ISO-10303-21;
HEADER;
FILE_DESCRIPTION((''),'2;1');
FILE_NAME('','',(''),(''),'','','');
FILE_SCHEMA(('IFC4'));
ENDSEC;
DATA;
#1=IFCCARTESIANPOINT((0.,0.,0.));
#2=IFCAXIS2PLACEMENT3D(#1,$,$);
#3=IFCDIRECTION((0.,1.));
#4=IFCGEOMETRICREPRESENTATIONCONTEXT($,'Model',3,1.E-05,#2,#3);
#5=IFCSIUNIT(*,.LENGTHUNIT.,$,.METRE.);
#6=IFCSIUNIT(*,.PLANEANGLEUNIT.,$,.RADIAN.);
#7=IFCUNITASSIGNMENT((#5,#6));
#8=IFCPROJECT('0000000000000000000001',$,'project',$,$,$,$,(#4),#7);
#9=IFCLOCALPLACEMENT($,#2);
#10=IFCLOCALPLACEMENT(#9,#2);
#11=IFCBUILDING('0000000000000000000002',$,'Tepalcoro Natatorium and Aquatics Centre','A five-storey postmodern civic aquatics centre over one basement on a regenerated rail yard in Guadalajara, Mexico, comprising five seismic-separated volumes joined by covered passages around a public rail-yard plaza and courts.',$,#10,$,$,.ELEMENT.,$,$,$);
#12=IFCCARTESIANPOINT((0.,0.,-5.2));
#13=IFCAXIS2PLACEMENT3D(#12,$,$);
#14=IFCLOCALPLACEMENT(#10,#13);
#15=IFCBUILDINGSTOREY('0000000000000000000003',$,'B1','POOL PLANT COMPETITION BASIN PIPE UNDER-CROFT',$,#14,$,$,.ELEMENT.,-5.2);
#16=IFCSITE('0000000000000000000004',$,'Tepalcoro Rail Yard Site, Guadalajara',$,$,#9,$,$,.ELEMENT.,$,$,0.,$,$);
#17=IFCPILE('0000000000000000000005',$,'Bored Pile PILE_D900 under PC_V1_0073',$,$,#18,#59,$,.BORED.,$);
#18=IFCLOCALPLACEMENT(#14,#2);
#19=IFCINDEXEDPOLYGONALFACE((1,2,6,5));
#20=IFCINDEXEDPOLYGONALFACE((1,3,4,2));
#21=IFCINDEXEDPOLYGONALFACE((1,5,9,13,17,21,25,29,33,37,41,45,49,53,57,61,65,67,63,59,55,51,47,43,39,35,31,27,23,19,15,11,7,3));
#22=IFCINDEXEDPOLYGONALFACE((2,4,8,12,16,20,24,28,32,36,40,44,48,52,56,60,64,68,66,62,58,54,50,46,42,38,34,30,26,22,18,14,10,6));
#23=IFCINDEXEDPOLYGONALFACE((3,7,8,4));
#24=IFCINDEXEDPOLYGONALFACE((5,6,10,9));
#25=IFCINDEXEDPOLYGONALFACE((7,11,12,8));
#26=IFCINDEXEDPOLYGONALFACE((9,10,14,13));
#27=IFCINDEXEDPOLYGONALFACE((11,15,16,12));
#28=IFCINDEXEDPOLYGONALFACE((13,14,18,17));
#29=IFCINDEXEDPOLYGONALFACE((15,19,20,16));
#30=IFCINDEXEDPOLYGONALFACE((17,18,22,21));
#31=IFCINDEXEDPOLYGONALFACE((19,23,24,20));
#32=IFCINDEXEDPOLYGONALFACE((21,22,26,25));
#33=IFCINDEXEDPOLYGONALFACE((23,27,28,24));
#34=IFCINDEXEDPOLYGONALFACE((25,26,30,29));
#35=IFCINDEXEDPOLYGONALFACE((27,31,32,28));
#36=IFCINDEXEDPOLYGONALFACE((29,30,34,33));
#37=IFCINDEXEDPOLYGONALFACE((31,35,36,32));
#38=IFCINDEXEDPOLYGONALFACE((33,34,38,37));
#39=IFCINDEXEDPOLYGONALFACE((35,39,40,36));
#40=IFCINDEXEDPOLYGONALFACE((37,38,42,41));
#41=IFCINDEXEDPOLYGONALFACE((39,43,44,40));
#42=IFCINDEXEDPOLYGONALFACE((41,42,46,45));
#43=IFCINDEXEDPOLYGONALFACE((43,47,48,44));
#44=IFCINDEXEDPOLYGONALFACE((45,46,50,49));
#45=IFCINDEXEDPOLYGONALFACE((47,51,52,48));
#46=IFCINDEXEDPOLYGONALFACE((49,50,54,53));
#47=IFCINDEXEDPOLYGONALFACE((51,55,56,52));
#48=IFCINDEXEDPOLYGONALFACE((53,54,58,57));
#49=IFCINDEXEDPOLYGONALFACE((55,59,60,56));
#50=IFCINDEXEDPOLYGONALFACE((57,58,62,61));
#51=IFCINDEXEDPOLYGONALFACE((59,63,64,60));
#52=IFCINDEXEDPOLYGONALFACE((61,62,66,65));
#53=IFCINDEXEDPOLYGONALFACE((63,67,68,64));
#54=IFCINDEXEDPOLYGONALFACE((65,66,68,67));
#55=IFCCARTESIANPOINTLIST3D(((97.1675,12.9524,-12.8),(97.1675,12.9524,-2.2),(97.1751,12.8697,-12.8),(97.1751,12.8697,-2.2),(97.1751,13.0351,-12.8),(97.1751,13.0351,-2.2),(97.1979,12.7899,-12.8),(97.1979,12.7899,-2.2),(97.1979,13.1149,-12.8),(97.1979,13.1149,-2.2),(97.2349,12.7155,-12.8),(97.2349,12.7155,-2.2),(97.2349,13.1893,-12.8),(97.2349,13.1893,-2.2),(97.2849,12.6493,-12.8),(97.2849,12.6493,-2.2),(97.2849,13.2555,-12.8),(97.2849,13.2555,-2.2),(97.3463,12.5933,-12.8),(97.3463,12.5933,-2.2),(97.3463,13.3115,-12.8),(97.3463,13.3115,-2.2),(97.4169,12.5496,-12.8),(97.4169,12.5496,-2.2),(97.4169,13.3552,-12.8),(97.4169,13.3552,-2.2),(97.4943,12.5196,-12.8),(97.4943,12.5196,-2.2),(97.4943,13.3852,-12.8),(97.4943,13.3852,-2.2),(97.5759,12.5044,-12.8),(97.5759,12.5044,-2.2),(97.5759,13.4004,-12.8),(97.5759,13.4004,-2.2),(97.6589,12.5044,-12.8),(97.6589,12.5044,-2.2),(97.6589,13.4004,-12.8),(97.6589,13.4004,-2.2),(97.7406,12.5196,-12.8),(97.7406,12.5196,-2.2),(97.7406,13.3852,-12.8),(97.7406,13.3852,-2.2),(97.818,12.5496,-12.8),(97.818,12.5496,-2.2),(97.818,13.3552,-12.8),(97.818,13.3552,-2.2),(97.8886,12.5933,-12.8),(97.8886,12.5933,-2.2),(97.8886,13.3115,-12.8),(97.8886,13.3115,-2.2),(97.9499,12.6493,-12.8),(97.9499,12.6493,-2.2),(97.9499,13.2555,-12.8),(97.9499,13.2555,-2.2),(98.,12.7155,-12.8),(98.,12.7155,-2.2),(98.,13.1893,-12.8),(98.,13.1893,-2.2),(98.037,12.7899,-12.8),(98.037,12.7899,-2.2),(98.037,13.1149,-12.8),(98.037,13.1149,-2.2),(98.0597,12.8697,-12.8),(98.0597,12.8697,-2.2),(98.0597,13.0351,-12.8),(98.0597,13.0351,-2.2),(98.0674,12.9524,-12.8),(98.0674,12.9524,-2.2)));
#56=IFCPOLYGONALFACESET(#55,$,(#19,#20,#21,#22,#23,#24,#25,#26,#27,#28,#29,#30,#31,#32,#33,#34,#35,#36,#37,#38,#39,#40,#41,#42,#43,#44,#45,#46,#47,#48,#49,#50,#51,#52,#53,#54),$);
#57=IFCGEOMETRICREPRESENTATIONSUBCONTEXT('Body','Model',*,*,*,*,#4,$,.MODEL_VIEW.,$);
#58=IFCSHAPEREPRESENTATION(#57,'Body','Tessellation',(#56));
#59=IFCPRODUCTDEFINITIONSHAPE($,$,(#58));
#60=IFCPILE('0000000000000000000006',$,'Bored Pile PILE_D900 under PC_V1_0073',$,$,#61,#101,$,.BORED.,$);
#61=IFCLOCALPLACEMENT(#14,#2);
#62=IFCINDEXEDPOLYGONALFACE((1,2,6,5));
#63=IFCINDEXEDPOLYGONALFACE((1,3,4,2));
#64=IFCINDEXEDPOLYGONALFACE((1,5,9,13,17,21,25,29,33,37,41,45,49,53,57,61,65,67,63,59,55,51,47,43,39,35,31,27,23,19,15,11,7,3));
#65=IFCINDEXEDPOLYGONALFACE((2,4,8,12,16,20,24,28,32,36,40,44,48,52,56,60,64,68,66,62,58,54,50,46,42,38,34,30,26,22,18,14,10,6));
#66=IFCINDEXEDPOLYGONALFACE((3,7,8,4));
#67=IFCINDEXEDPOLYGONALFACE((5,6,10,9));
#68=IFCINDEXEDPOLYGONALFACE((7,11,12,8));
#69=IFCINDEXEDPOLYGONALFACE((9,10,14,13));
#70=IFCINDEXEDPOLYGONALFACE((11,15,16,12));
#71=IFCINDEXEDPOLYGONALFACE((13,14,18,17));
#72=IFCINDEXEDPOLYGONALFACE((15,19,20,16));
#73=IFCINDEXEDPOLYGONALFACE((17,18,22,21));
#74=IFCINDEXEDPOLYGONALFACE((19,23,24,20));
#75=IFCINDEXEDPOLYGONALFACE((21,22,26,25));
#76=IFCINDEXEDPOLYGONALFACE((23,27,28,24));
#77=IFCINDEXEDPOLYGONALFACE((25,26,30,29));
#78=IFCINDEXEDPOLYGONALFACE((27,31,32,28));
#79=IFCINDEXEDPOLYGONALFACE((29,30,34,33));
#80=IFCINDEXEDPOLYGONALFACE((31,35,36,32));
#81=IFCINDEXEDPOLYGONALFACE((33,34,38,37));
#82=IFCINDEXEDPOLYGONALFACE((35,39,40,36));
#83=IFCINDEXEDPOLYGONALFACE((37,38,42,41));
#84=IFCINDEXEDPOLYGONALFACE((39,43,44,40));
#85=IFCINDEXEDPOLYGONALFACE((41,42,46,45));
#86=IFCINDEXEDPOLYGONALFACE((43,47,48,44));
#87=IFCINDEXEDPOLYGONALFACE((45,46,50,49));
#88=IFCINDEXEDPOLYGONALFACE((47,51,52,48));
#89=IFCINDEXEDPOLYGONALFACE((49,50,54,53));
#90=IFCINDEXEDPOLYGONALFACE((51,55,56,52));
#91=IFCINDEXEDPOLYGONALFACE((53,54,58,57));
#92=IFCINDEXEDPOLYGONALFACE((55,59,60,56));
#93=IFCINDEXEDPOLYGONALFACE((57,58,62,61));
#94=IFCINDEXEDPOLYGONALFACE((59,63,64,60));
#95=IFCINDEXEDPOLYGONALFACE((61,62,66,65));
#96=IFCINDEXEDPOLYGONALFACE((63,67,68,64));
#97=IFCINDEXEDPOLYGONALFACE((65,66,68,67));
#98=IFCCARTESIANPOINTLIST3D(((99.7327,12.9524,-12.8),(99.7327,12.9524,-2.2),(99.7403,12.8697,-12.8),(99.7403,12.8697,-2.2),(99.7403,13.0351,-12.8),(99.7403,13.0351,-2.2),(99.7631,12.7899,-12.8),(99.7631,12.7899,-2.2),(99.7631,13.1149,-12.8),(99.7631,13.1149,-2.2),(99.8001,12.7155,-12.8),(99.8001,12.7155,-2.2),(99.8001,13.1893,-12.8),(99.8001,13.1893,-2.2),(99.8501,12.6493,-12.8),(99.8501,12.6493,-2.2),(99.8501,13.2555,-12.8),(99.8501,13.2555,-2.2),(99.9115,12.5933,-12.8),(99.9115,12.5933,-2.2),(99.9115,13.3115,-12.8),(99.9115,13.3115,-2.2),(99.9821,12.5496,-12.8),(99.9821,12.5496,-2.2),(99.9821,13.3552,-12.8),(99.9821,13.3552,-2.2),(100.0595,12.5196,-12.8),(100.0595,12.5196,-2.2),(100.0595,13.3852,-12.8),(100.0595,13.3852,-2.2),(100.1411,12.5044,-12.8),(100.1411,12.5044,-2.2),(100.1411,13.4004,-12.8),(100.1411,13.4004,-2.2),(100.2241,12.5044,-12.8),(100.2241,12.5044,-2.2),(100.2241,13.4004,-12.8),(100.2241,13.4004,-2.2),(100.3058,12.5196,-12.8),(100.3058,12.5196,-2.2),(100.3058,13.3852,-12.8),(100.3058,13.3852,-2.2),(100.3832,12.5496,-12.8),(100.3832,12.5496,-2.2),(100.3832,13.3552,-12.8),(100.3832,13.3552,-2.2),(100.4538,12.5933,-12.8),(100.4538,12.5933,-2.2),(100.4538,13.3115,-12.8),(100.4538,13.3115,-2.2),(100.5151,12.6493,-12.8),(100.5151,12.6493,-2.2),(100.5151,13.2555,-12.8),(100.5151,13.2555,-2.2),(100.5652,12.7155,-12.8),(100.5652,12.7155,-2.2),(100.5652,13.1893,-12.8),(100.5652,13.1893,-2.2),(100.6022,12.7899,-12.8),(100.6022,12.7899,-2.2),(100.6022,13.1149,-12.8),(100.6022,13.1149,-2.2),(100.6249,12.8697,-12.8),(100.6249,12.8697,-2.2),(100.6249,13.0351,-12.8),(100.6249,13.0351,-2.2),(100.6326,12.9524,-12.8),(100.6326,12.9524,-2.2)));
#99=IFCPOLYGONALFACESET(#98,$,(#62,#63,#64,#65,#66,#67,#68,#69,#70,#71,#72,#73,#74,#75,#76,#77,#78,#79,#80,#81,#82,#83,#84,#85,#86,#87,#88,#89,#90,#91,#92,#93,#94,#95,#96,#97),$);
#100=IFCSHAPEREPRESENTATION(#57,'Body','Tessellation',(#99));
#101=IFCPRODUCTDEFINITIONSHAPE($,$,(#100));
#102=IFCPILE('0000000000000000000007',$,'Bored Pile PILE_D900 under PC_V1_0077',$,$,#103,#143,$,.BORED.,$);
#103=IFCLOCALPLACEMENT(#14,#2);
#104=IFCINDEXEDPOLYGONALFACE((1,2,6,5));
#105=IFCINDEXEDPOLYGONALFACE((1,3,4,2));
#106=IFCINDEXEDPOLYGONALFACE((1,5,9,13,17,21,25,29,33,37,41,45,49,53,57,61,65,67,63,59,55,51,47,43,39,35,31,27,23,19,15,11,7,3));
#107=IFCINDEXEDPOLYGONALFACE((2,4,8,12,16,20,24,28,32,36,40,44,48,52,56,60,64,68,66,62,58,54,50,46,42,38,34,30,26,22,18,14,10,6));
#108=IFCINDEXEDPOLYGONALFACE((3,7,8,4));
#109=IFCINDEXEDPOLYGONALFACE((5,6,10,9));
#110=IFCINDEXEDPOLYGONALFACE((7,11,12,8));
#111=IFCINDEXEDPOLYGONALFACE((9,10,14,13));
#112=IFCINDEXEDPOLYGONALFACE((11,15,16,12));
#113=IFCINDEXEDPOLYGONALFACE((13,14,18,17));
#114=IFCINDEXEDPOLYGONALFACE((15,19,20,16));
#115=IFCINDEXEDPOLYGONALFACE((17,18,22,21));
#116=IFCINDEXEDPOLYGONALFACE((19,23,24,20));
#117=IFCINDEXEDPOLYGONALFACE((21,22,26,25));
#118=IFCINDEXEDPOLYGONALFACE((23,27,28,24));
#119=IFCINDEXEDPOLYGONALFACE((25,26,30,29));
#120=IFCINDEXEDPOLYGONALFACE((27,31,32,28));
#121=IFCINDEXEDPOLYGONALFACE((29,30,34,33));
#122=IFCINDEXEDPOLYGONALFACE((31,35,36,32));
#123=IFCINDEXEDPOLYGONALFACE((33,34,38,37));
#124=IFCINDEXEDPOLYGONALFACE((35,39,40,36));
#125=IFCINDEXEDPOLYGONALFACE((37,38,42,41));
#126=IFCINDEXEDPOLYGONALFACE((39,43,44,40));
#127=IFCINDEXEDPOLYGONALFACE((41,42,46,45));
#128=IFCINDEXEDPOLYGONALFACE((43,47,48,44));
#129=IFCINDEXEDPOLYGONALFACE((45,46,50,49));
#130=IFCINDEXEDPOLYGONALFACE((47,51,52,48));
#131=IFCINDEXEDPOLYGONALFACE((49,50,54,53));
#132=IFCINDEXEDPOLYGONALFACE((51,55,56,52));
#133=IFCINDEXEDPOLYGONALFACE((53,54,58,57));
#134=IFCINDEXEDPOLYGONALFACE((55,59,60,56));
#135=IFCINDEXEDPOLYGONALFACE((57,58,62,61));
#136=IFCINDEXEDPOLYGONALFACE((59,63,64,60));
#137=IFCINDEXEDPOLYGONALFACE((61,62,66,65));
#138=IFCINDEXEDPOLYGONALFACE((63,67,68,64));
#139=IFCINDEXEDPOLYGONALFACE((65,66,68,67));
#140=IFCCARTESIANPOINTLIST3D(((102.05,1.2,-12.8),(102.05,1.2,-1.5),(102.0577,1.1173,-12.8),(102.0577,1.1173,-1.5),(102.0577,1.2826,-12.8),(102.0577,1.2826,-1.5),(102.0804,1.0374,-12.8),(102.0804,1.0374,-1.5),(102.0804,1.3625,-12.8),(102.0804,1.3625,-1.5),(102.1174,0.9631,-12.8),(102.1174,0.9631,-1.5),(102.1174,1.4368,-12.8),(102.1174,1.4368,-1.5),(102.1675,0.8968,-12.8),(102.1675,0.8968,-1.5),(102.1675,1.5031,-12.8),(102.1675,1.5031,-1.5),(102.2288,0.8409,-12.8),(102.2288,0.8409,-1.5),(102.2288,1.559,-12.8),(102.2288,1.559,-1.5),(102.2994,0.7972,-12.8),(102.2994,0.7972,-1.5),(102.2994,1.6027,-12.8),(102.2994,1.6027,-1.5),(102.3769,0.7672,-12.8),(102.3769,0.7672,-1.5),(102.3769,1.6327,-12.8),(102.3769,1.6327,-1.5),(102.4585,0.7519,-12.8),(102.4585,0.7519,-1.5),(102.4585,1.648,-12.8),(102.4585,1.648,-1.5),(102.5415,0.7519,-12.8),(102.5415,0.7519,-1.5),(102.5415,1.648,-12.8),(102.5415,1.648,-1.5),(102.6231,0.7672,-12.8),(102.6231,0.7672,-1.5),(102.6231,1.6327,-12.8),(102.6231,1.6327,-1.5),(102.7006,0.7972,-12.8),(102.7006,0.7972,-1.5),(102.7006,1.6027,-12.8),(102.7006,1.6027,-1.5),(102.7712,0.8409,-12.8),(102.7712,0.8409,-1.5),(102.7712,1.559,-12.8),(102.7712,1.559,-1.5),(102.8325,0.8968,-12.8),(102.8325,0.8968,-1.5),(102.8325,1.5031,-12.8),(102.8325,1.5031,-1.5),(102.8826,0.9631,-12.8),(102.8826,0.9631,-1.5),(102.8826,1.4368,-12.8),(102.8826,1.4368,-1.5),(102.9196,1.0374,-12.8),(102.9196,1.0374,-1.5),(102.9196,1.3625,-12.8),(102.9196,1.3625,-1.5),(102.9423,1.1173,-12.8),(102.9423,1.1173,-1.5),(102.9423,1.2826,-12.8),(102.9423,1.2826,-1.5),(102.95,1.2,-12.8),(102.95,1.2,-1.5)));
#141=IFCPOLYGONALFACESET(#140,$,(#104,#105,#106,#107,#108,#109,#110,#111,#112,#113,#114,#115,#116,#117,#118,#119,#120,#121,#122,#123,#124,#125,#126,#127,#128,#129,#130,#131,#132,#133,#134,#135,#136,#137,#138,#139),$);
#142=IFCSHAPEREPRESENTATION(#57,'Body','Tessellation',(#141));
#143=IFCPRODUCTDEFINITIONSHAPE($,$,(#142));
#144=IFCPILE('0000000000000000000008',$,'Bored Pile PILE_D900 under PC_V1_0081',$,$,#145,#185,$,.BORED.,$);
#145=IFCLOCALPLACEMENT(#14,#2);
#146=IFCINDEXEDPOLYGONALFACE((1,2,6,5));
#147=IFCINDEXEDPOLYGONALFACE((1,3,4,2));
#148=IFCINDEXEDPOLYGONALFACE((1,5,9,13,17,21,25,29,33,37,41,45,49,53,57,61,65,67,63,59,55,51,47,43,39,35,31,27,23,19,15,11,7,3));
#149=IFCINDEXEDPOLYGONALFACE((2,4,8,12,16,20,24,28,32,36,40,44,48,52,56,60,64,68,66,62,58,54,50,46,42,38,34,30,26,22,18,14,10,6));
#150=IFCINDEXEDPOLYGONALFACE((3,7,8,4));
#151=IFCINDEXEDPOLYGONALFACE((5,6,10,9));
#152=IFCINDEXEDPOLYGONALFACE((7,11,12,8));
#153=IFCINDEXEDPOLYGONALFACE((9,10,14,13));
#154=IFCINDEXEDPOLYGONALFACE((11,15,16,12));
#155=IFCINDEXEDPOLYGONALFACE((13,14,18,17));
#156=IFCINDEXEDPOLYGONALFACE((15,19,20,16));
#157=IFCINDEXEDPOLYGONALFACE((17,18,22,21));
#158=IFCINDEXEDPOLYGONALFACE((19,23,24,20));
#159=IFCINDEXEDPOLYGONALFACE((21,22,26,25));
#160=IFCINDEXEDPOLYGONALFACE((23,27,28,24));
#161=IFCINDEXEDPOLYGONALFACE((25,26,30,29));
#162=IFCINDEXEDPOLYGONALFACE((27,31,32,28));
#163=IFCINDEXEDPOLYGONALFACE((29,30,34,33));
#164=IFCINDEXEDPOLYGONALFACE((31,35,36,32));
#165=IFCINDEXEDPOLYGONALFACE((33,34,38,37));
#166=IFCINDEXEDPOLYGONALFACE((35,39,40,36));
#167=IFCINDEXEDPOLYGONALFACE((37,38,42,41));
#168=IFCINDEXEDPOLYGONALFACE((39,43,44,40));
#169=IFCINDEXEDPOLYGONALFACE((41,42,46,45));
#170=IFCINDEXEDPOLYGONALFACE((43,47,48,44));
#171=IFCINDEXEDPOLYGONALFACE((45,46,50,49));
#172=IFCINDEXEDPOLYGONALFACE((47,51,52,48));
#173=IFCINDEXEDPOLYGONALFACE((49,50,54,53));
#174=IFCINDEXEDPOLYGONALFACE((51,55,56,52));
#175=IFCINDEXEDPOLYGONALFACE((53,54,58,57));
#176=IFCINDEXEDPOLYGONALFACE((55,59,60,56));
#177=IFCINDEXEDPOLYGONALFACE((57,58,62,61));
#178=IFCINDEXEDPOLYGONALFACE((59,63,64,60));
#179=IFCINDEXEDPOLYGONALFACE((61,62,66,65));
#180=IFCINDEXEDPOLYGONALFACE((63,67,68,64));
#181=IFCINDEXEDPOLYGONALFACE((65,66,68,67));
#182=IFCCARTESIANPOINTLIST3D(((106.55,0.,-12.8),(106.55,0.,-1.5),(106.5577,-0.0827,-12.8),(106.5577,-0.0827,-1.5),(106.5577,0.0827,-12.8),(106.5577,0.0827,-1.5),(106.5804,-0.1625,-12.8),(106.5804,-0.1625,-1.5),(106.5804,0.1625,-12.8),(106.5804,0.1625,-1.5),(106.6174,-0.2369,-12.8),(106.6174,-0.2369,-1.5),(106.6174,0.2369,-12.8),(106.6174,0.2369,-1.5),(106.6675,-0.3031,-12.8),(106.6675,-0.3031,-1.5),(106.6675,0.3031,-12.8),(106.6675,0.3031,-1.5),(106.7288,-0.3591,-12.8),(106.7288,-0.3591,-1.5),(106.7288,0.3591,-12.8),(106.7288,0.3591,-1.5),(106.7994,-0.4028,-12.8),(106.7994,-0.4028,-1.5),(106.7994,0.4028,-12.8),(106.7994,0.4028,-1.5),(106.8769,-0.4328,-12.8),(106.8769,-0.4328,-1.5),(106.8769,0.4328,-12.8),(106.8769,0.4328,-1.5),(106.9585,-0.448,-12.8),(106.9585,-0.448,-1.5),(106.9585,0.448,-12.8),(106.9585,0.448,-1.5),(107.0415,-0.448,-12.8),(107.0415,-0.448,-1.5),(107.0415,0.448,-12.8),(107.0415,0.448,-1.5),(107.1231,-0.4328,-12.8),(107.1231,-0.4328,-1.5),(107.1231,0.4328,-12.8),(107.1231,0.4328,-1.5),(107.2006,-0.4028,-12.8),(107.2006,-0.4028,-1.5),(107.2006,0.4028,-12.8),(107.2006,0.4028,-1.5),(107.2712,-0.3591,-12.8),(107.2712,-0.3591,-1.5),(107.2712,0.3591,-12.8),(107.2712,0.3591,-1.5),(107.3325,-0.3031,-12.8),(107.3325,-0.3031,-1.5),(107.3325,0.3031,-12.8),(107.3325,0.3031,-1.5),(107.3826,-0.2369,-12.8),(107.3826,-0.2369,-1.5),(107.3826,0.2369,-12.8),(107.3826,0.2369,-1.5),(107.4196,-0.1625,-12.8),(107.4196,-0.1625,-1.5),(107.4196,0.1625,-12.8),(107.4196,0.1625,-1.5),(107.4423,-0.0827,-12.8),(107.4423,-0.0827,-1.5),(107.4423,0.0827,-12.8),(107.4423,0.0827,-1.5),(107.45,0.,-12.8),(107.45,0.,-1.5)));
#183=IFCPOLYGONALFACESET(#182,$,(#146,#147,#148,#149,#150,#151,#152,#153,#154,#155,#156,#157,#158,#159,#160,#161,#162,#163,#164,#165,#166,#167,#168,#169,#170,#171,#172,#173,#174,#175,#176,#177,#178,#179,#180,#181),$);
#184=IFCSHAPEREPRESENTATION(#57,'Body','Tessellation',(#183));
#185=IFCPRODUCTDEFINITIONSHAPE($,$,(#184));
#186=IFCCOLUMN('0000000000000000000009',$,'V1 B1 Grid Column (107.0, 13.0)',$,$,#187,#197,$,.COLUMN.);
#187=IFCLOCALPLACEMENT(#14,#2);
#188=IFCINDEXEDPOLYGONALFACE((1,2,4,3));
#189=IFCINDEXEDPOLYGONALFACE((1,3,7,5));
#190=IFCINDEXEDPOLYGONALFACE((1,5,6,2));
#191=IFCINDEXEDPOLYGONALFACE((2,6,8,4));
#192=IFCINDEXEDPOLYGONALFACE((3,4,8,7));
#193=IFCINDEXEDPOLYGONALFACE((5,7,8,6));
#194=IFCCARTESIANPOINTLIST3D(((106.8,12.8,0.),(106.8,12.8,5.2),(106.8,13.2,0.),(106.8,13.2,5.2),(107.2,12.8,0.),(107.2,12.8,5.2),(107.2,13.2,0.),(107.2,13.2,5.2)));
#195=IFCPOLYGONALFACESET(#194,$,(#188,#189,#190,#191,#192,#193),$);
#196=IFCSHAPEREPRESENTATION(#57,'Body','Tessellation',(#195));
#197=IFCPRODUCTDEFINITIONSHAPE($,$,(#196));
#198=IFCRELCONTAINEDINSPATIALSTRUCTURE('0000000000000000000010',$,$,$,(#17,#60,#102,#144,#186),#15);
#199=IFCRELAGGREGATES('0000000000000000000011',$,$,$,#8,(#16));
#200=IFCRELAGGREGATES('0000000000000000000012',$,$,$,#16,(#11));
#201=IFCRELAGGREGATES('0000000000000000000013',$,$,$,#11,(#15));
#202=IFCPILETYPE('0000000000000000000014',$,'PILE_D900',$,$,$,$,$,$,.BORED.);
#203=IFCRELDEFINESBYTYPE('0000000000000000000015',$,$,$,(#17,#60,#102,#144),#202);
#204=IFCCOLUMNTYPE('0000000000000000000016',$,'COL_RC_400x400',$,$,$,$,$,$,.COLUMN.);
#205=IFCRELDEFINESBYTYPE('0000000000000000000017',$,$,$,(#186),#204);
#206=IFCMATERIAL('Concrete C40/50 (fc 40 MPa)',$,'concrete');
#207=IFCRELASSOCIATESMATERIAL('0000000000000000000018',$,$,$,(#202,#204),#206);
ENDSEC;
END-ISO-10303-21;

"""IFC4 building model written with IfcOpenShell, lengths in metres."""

from ifc_helpers import new_model, si_unit, direction, frame, origin, origin_2d, place, context, subcontext, project, spatial, rectangle, circle, extrude, material, material_profile, profile_set, type_object, element, save


model = new_model("IFC4")

# Units and contexts
model_context = context("Model", 3, precision=1e-05, world=origin(), true_north=direction((0.0, 1.0)))
body_context = subcontext(model_context, "Body", "Model", "MODEL_VIEW")
ifc_project = project(units=[si_unit("LENGTHUNIT", "METRE"), si_unit("PLANEANGLEUNIT", "RADIAN")], contexts=[model_context])

# Site, building, storey
site_placement = place(None, origin())
site = spatial("IfcSite", under=ifc_project, at=site_placement, Name="Tepalcoro Rail Yard Site, Guadalajara", CompositionType="ELEMENT", RefElevation=0.0)
building_placement = place(site_placement, origin())
building = spatial("IfcBuilding", under=site, at=building_placement, Name="Tepalcoro Natatorium and Aquatics Centre", Description="A five-storey postmodern civic aquatics centre over one basement on a regenerated rail yard in Guadalajara, Mexico, comprising five seismic-separated volumes joined by covered passages around a public rail-yard plaza and courts.", CompositionType="ELEMENT")
storey_placement = place(building_placement, frame((0.0, 0.0, -5.2)))
storey = spatial("IfcBuildingStorey", under=building, at=storey_placement, Name="B1", Description="POOL PLANT COMPETITION BASIN PIPE UNDER-CROFT", CompositionType="ELEMENT", Elevation=-5.2)

# Piles
ifc_material_1 = material(Name="Concrete C40/50 (fc 40 MPa)", Category="concrete")
ifc_material_profile_1 = material_profile(ifc_material_1, circle(Radius=0.45, at=origin_2d()), Name="PILE_D900")
ifc_profile_set_1 = profile_set([ifc_material_profile_1], Name="Concrete C40/50 (fc 40 MPa)")
pile_type_1 = type_object("IfcPileType", Name="PILE_D900", PredefinedType="BORED", material=ifc_profile_set_1)
for number, where, z_axis, x_axis, name in (
    (1, (97.6174, 12.9524, -2.2), (0.0, 0.0, -1.0), (1.0, 0.0, 0.0), "Bored Pile PILE_D900 under PC_V1_0073"),
    (2, (100.1826, 12.9524, -2.2), (0.0, 0.0, -1.0), (1.0, 0.0, 0.0), "Bored Pile PILE_D900 under PC_V1_0073"),
):
    element("IfcPile", number, at=place(storey_placement, frame(where, z_axis=z_axis, x_axis=x_axis)), inside=storey, type_object=pile_type_1, Name=name, PredefinedType="BORED", context=body_context, shape_type="SweptSolid", body=[
        extrude(circle(Radius=0.45, at=origin_2d()), origin(), (0.0, 0.0, 1.0), 10.6001),
    ])
for number, where, z_axis, x_axis, name in (
    (3, (102.5, 1.2, -1.5), (0.0, 0.0, -1.0), (1.0, 0.0, 0.0), "Bored Pile PILE_D900 under PC_V1_0077"),
    (4, (107.0, 0.0, -1.5), (0.0, 0.0, -1.0), (1.0, 0.0, 0.0), "Bored Pile PILE_D900 under PC_V1_0081"),
):
    element("IfcPile", number, at=place(storey_placement, frame(where, z_axis=z_axis, x_axis=x_axis)), inside=storey, type_object=pile_type_1, Name=name, PredefinedType="BORED", context=body_context, shape_type="SweptSolid", body=[
        extrude(circle(Radius=0.45, at=origin_2d()), origin(), (0.0, 0.0, 1.0), 11.3),
    ])

# Column
ifc_material_profile_2 = material_profile(ifc_material_1, rectangle(XDim=0.3999, YDim=0.3999, at=origin_2d()), Name="RC400x400")
ifc_profile_set_2 = profile_set([ifc_material_profile_2], Name="Concrete C40/50 (fc 40 MPa)")
column_type_1 = type_object("IfcColumnType", Name="COL_RC_400x400", PredefinedType="COLUMN", material=ifc_profile_set_2)
column_1_placement = place(storey_placement, frame((107.0, 13.0, 0.0), z_axis=(0.0, 0.0, 1.0), x_axis=(1.0, 0.0, 0.0)))
element("IfcColumn", 5, at=column_1_placement, inside=storey, type_object=column_type_1, Name="V1 B1 Grid Column (107.0, 13.0)", PredefinedType="COLUMN", context=body_context, shape_type="SweptSolid", body=[
    extrude(rectangle(XDim=0.3999, YDim=0.3999, at=origin_2d()), origin(), (0.0, 0.0, 1.0), 5.2),
])

save(model, "model.ifc")
